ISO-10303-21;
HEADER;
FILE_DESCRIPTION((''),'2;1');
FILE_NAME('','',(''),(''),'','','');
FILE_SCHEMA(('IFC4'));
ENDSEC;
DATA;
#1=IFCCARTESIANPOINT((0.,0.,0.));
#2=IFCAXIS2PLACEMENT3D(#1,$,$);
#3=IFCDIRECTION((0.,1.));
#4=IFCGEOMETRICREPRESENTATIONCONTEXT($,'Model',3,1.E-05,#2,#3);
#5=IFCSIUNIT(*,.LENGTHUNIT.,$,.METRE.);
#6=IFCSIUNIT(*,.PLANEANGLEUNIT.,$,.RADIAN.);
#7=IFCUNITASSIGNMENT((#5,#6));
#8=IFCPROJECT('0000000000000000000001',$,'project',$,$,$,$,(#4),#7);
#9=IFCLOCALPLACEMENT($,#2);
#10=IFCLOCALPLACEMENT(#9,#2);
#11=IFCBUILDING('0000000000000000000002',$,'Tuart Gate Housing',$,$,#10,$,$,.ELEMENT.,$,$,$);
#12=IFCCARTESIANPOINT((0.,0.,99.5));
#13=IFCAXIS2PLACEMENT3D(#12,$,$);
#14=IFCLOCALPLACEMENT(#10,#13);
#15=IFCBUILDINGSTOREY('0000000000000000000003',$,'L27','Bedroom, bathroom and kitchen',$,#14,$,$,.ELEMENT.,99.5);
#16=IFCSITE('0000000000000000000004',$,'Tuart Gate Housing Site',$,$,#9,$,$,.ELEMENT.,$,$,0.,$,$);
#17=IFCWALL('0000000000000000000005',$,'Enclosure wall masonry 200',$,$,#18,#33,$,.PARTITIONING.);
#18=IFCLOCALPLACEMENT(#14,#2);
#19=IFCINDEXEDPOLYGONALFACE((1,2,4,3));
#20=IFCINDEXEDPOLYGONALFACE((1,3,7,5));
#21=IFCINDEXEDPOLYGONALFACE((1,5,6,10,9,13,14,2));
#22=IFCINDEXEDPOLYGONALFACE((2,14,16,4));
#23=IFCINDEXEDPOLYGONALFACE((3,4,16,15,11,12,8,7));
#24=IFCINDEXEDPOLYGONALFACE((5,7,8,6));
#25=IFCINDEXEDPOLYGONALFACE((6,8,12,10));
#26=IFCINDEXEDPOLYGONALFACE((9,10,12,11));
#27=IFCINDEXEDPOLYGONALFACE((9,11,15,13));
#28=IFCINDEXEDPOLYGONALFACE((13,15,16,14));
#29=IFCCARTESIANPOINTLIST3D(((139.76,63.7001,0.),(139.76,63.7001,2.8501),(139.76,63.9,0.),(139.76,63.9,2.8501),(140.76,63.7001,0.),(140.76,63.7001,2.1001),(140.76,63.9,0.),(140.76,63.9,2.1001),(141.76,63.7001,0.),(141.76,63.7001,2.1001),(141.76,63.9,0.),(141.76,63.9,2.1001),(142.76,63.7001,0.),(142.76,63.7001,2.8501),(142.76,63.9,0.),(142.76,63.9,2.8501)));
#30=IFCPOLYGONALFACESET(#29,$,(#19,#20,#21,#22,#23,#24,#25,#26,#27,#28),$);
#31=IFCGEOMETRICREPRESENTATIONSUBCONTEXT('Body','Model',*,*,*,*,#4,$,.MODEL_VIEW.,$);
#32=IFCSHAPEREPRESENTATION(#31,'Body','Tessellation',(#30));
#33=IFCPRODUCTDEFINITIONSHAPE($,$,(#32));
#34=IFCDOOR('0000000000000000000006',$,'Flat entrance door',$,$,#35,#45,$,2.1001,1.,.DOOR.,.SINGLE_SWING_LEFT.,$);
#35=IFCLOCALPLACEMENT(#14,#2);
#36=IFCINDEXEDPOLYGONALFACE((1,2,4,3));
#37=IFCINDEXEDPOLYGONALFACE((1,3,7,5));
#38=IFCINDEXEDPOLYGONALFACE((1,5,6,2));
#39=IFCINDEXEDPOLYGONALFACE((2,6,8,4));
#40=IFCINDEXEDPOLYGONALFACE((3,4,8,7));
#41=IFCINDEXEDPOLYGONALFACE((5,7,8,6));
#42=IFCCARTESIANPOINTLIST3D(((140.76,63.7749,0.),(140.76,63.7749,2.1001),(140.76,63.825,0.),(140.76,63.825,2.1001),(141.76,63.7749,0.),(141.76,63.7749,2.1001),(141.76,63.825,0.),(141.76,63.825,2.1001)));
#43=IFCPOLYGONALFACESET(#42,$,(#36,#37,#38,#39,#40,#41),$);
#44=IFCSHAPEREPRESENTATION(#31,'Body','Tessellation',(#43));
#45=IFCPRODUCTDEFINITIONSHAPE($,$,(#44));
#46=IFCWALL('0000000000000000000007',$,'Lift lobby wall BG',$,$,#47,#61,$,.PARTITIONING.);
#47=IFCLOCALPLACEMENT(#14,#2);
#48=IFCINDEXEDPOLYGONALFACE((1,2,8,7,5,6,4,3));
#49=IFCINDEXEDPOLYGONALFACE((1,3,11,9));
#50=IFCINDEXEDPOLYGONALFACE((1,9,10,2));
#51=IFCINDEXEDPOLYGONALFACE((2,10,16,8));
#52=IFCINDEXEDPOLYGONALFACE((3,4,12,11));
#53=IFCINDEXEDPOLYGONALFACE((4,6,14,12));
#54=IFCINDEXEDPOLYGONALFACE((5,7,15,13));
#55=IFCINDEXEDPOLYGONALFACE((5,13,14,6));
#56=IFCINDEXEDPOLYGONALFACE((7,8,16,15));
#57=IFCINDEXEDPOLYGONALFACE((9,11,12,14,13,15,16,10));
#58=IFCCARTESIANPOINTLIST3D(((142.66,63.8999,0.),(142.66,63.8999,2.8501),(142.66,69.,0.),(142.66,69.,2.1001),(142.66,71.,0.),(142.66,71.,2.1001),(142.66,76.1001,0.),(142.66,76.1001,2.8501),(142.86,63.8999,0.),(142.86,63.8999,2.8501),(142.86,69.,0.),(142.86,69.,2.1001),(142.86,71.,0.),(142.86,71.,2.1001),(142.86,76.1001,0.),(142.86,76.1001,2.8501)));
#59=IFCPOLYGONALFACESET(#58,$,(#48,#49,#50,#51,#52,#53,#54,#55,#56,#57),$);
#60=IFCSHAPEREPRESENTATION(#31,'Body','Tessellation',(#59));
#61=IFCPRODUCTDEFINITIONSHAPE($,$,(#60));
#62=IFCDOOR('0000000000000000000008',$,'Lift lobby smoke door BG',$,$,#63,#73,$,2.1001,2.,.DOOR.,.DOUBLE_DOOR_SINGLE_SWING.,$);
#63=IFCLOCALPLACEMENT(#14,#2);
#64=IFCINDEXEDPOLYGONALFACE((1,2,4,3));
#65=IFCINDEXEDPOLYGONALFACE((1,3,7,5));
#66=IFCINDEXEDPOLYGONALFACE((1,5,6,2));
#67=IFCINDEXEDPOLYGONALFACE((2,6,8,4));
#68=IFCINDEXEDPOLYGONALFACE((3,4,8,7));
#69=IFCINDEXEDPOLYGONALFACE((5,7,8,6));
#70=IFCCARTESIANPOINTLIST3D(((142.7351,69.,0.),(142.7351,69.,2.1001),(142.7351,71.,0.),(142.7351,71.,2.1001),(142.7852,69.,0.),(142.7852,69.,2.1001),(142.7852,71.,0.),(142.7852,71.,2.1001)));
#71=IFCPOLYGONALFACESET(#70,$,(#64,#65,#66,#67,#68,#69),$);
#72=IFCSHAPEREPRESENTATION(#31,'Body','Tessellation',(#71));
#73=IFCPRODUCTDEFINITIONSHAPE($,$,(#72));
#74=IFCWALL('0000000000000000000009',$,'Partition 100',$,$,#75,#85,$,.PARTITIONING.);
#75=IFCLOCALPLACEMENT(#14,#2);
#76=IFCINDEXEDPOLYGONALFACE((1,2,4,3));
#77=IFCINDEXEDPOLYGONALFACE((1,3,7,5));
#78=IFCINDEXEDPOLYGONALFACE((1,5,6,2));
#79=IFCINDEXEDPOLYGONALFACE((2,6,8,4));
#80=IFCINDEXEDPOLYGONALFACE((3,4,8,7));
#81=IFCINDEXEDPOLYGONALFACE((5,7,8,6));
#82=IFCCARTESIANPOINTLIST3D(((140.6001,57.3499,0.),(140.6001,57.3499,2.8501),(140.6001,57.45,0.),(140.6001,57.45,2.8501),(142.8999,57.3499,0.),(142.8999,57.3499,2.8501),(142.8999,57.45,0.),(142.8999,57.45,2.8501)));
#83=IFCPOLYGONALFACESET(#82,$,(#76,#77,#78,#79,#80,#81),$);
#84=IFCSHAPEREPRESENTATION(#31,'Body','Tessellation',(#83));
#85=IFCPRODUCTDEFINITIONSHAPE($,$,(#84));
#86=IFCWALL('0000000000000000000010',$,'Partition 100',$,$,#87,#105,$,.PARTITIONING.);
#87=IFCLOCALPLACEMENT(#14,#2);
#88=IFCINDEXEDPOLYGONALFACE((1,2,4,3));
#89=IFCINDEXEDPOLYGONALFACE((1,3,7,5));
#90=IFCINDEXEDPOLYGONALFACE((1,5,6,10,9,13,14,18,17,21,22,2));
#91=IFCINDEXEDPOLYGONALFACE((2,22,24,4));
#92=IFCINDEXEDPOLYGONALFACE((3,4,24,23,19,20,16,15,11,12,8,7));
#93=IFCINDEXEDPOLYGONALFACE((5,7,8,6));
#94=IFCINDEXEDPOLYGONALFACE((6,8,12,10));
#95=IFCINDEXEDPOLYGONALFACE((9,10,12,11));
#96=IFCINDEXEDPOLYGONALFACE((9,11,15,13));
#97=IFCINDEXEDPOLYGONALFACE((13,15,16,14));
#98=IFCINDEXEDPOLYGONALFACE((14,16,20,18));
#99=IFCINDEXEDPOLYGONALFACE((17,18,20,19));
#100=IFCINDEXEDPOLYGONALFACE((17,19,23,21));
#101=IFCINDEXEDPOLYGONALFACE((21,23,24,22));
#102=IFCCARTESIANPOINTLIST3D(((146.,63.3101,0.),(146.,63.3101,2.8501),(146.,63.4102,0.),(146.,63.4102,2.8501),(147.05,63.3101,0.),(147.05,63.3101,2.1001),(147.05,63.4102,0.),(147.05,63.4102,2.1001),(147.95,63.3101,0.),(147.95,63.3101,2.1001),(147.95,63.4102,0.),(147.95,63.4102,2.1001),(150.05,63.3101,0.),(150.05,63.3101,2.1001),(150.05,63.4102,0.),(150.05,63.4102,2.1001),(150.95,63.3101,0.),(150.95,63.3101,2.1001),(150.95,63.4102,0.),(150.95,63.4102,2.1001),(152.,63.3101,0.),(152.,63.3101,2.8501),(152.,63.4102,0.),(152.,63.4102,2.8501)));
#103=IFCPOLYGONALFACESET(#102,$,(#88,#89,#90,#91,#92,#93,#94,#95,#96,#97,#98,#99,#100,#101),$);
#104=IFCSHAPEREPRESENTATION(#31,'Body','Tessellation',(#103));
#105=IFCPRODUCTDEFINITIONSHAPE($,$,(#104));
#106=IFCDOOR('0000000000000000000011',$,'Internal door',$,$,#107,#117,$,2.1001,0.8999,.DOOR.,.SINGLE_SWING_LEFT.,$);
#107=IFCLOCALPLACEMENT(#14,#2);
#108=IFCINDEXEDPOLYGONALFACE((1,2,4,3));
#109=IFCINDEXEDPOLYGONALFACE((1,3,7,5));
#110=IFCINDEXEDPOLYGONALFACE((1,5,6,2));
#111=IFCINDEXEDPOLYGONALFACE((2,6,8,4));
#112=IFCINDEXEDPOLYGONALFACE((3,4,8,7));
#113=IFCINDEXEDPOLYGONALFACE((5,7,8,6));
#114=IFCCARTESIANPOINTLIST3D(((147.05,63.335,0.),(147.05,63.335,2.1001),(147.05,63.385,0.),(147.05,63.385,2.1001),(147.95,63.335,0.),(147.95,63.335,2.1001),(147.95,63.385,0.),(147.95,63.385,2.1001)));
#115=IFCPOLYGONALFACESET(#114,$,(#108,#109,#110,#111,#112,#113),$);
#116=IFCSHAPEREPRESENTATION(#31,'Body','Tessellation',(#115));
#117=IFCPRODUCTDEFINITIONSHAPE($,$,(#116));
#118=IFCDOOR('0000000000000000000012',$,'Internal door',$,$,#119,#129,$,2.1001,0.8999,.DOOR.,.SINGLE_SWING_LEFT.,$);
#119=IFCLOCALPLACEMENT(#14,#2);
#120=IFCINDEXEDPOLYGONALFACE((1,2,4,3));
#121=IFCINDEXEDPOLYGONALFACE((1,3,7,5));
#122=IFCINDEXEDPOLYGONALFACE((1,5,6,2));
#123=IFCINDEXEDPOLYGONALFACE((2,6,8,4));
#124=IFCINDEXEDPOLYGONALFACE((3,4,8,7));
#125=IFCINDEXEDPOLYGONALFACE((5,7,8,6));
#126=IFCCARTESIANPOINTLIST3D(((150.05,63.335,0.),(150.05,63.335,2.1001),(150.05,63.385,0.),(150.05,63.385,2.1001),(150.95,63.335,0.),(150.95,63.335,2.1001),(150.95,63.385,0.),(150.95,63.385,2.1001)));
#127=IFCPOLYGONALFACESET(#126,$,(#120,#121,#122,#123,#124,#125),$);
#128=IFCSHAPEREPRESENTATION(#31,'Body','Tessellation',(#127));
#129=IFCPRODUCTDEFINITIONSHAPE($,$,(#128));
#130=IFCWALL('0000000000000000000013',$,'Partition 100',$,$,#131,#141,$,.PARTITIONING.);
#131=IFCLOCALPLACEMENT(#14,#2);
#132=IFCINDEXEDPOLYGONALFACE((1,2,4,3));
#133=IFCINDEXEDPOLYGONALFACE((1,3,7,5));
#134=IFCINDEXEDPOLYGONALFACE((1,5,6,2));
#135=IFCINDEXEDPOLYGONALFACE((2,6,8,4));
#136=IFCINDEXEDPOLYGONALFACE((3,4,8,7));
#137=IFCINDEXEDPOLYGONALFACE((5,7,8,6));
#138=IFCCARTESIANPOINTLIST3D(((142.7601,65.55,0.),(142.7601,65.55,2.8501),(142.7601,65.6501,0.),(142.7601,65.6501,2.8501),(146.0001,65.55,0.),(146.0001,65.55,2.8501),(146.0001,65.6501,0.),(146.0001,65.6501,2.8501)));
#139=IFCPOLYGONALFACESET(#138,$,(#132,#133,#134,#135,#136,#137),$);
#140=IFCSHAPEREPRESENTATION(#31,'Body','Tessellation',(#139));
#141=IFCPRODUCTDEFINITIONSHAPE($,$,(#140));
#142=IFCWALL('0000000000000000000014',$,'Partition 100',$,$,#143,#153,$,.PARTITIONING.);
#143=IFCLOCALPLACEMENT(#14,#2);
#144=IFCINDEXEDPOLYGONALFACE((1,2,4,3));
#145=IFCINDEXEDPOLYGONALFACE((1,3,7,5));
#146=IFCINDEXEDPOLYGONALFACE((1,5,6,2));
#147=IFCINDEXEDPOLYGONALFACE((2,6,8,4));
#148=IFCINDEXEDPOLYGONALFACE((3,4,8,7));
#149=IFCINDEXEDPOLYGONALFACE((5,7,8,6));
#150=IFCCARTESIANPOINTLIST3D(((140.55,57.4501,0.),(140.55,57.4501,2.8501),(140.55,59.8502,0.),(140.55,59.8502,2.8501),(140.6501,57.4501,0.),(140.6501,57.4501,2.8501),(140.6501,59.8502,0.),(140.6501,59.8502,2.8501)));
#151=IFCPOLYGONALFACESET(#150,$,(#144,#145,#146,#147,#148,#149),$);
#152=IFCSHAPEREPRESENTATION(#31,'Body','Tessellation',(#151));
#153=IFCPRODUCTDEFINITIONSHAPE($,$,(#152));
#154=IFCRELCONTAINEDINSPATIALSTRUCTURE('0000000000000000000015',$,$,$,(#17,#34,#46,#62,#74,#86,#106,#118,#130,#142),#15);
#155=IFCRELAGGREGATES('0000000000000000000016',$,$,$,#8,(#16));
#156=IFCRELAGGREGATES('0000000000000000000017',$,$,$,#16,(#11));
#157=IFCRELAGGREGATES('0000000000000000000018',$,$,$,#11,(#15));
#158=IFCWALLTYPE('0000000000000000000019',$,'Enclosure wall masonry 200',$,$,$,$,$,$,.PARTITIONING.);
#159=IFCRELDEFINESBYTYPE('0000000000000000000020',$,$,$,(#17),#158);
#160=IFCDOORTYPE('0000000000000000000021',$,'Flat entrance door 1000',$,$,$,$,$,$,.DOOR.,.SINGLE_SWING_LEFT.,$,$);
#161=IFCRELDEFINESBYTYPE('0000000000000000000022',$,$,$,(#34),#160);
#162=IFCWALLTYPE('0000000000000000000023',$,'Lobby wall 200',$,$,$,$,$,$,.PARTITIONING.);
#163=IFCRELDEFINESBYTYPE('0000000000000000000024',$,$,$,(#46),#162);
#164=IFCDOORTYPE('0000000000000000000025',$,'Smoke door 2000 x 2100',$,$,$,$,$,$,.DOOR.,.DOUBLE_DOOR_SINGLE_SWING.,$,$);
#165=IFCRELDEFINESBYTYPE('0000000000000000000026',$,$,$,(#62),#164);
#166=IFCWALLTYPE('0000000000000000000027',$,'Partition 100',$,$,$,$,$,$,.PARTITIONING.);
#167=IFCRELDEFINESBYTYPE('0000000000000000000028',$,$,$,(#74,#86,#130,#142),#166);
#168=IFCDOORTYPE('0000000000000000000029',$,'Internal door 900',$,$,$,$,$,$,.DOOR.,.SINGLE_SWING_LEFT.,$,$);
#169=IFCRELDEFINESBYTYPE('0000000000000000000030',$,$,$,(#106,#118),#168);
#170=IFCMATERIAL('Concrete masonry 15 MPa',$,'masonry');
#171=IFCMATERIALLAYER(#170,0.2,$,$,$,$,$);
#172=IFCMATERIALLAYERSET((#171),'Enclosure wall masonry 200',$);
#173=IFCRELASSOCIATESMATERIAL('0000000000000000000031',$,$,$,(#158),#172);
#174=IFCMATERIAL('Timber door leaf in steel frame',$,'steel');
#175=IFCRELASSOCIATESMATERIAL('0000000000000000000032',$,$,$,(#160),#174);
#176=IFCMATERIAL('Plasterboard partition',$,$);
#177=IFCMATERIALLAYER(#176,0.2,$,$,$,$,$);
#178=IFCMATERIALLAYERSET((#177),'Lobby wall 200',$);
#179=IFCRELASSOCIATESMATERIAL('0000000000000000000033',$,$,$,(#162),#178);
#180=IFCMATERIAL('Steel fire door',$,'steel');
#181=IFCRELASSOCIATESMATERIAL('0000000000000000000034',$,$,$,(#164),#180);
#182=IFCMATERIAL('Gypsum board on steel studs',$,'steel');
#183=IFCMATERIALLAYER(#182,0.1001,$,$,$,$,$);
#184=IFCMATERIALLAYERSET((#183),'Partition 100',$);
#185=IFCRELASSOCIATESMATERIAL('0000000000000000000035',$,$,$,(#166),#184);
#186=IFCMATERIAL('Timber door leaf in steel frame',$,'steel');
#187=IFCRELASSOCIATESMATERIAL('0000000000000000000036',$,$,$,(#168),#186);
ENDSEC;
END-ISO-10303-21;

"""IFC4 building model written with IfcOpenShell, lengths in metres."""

from ifc_helpers import new_model, si_unit, direction, frame, frame_2d, origin, place, context, subcontext, project, spatial, rectangle, extrude, material, layer, layer_set, type_object, element, fill, save


model = new_model("IFC4")

# Units and contexts
model_context = context("Model", 3, precision=1e-05, world=origin(), true_north=direction((0.0, 1.0)))
body_context = subcontext(model_context, "Body", "Model", "MODEL_VIEW")
ifc_project = project(units=[si_unit("LENGTHUNIT", "METRE"), si_unit("PLANEANGLEUNIT", "RADIAN")], contexts=[model_context])

# Site, building, storey
site_placement = place(None, origin())
site = spatial("IfcSite", under=ifc_project, at=site_placement, Name="Tuart Gate Housing Site", CompositionType="ELEMENT", RefElevation=0.0)
building_placement = place(site_placement, origin())
building = spatial("IfcBuilding", under=site, at=building_placement, Name="Tuart Gate Housing", CompositionType="ELEMENT")
storey_placement = place(building_placement, frame((0.0, 0.0, 99.5)))
storey = spatial("IfcBuildingStorey", under=building, at=storey_placement, Name="L27", Description="Bedroom, bathroom and kitchen", CompositionType="ELEMENT", Elevation=99.5)

# Walls, openings, doors
ifc_material_1 = material(Name="Concrete masonry 15 MPa", Category="masonry")
ifc_layer_1 = layer(ifc_material_1, 0.2)
ifc_layer_set_1 = layer_set([ifc_layer_1], Name="Enclosure wall masonry 200")
wall_type_1 = type_object("IfcWallType", Name="Enclosure wall masonry 200", PredefinedType="PARTITIONING", material=ifc_layer_set_1)
wall_1_placement = place(storey_placement, frame((139.76, 63.8, 0.0), z_axis=(0.0, 0.0, 1.0), x_axis=(1.0, 0.0, 0.0)))
wall_1 = element("IfcWall", 1, at=wall_1_placement, inside=storey, type_object=wall_type_1, Name="Enclosure wall masonry 200", PredefinedType="PARTITIONING", context=body_context, shape_type="SweptSolid", body=[
    extrude(rectangle(XDim=3.0, YDim=0.2, at=frame_2d((1.5, 0.0))), origin(), (0.0, 0.0, 1.0), 2.8501),
])
opening_1_placement = place(wall_1_placement, frame((1.0, 0.0, 0.0)))
opening_1 = element("IfcOpeningElement", 2, at=opening_1_placement, cuts=wall_1, PredefinedType="OPENING", context=body_context, shape_type="SweptSolid", body=[
    extrude(rectangle(XDim=1.0, YDim=2.1001, at=frame_2d((0.5, 1.05))), frame((0.0, 0.1099, 0.0), z_axis=(0.0, -1.0, 0.0), x_axis=(1.0, 0.0, 0.0)), (0.0, 0.0, 1.0), 0.22),
])
ifc_material_2 = material(Name="Timber door leaf in steel frame", Category="steel")
door_type_1 = type_object("IfcDoorType", Name="Flat entrance door 1000", OperationType="SINGLE_SWING_LEFT", PredefinedType="DOOR", material=ifc_material_2)
door_1_placement = place(opening_1_placement, frame((1.0, 0.0, 0.0), z_axis=(0.0, 0.0, 1.0), x_axis=(-1.0, 0.0, 0.0)))
door_1 = element("IfcDoor", 3, at=door_1_placement, inside=storey, type_object=door_type_1, Name="Flat entrance door", OperationType="SINGLE_SWING_LEFT", OverallHeight=2.1001, OverallWidth=1.0, PredefinedType="DOOR", context=body_context, shape_type="SweptSolid", body=[
    extrude(rectangle(XDim=1.0, YDim=2.1001, at=frame_2d((0.5, 1.05))), frame((0.0, 0.0251, 0.0), z_axis=(0.0, -1.0, 0.0), x_axis=(1.0, 0.0, 0.0)), (0.0, 0.0, 1.0), 0.05),
])
fill(opening_1, door_1)
ifc_material_3 = material(Name="Plasterboard partition")
ifc_layer_2 = layer(ifc_material_3, 0.2)
ifc_layer_set_2 = layer_set([ifc_layer_2], Name="Lobby wall 200")
wall_type_2 = type_object("IfcWallType", Name="Lobby wall 200", PredefinedType="PARTITIONING", material=ifc_layer_set_2)
wall_2_placement = place(storey_placement, frame((142.76, 63.8999, 0.0), z_axis=(0.0, 0.0, 1.0), x_axis=(0.0, 1.0, 0.0)))
wall_2 = element("IfcWall", 4, at=wall_2_placement, inside=storey, type_object=wall_type_2, Name="Lift lobby wall BG", PredefinedType="PARTITIONING", context=body_context, shape_type="SweptSolid", body=[
    extrude(rectangle(XDim=12.2002, YDim=0.2, at=frame_2d((6.1001, 0.0))), origin(), (0.0, 0.0, 1.0), 2.8501),
])
opening_2_placement = place(wall_2_placement, frame((5.1001, 0.0, 0.0)))
opening_2 = element("IfcOpeningElement", 5, at=opening_2_placement, cuts=wall_2, PredefinedType="OPENING", context=body_context, shape_type="SweptSolid", body=[
    extrude(rectangle(XDim=2.0, YDim=2.1001, at=frame_2d((1.0, 1.05))), frame((0.0, 0.1099, 0.0), z_axis=(0.0, -1.0, 0.0), x_axis=(1.0, 0.0, 0.0)), (0.0, 0.0, 1.0), 0.22),
])
ifc_material_4 = material(Name="Steel fire door", Category="steel")
door_type_2 = type_object("IfcDoorType", Name="Smoke door 2000 x 2100", OperationType="DOUBLE_DOOR_SINGLE_SWING", PredefinedType="DOOR", material=ifc_material_4)
door_2_placement = place(opening_2_placement, origin())
door_2 = element("IfcDoor", 6, at=door_2_placement, inside=storey, type_object=door_type_2, Name="Lift lobby smoke door BG", OperationType="DOUBLE_DOOR_SINGLE_SWING", OverallHeight=2.1001, OverallWidth=2.0, PredefinedType="DOOR", context=body_context, shape_type="SweptSolid", body=[
    extrude(rectangle(XDim=2.0, YDim=2.1001, at=frame_2d((1.0, 1.05))), frame((0.0, 0.0249, 0.0), z_axis=(0.0, -1.0, 0.0), x_axis=(1.0, 0.0, 0.0)), (0.0, 0.0, 1.0), 0.05),
])
fill(opening_2, door_2)

# Wall
ifc_material_5 = material(Name="Gypsum board on steel studs", Category="steel")
ifc_layer_3 = layer(ifc_material_5, 0.1001)
ifc_layer_set_3 = layer_set([ifc_layer_3], Name="Partition 100")
wall_type_3 = type_object("IfcWallType", Name="Partition 100", PredefinedType="PARTITIONING", material=ifc_layer_set_3)
wall_3_placement = place(storey_placement, frame((140.6001, 57.3999, 0.0), z_axis=(0.0, 0.0, 1.0), x_axis=(1.0, 0.0, 0.0)))
element("IfcWall", 7, at=wall_3_placement, inside=storey, type_object=wall_type_3, Name="Partition 100", PredefinedType="PARTITIONING", context=body_context, shape_type="SweptSolid", body=[
    extrude(rectangle(XDim=2.2998, YDim=0.1001, at=frame_2d((1.1499, 0.0))), origin(), (0.0, 0.0, 1.0), 2.8501),
])

# Wall, openings, doors
wall_4_placement = place(storey_placement, frame((146.0, 63.3601, 0.0), z_axis=(0.0, 0.0, 1.0), x_axis=(1.0, 0.0, 0.0)))
wall_4 = element("IfcWall", 8, at=wall_4_placement, inside=storey, type_object=wall_type_3, Name="Partition 100", PredefinedType="PARTITIONING", context=body_context, shape_type="SweptSolid", body=[
    extrude(rectangle(XDim=6.0, YDim=0.1001, at=frame_2d((3.0, 0.0))), origin(), (0.0, 0.0, 1.0), 2.8501),
])
opening_3_placement = place(wall_4_placement, frame((1.05, 0.0, 0.0)))
opening_3 = element("IfcOpeningElement", 9, at=opening_3_placement, cuts=wall_4, PredefinedType="OPENING", context=body_context, shape_type="SweptSolid", body=[
    extrude(rectangle(XDim=0.8999, YDim=2.1001, at=frame_2d((0.45, 1.05))), frame((0.0, 0.0601, 0.0), z_axis=(0.0, -1.0, 0.0), x_axis=(1.0, 0.0, 0.0)), (0.0, 0.0, 1.0), 0.1201),
])
opening_4_placement = place(wall_4_placement, frame((4.05, 0.0, 0.0)))
opening_4 = element("IfcOpeningElement", 10, at=opening_4_placement, cuts=wall_4, PredefinedType="OPENING", context=body_context, shape_type="SweptSolid", body=[
    extrude(rectangle(XDim=0.8999, YDim=2.1001, at=frame_2d((0.45, 1.05))), frame((0.0, 0.0601, 0.0), z_axis=(0.0, -1.0, 0.0), x_axis=(1.0, 0.0, 0.0)), (0.0, 0.0, 1.0), 0.1201),
])
ifc_material_6 = material(Name="Timber door leaf in steel frame", Category="steel")
door_type_3 = type_object("IfcDoorType", Name="Internal door 900", OperationType="SINGLE_SWING_LEFT", PredefinedType="DOOR", material=ifc_material_6)
door_3_placement = place(opening_3_placement, origin())
door_3 = element("IfcDoor", 11, at=door_3_placement, inside=storey, type_object=door_type_3, Name="Internal door", OperationType="SINGLE_SWING_LEFT", OverallHeight=2.1001, OverallWidth=0.8999, PredefinedType="DOOR", context=body_context, shape_type="SweptSolid", body=[
    extrude(rectangle(XDim=0.8999, YDim=2.1001, at=frame_2d((0.45, 1.05))), frame((0.0, 0.0249, 0.0), z_axis=(0.0, -1.0, 0.0), x_axis=(1.0, 0.0, 0.0)), (0.0, 0.0, 1.0), 0.05),
])
fill(opening_3, door_3)
door_4_placement = place(opening_4_placement, origin())
door_4 = element("IfcDoor", 12, at=door_4_placement, inside=storey, type_object=door_type_3, Name="Internal door", OperationType="SINGLE_SWING_LEFT", OverallHeight=2.1001, OverallWidth=0.8999, PredefinedType="DOOR", context=body_context, shape_type="SweptSolid", body=[
    extrude(rectangle(XDim=0.8999, YDim=2.1001, at=frame_2d((0.45, 1.05))), frame((0.0, 0.0249, 0.0), z_axis=(0.0, -1.0, 0.0), x_axis=(1.0, 0.0, 0.0)), (0.0, 0.0, 1.0), 0.05),
])
fill(opening_4, door_4)

# Walls
wall_5_placement = place(storey_placement, frame((142.76, 65.6001, 0.0), z_axis=(0.0, 0.0, 1.0), x_axis=(1.0, 0.0, 0.0)))
element("IfcWall", 13, at=wall_5_placement, inside=storey, type_object=wall_type_3, Name="Partition 100", PredefinedType="PARTITIONING", context=body_context, shape_type="SweptSolid", body=[
    extrude(rectangle(XDim=3.24, YDim=0.1001, at=frame_2d((1.6201, 0.0))), origin(), (0.0, 0.0, 1.0), 2.8501),
])
wall_6_placement = place(storey_placement, frame((140.6001, 57.45, 0.0), z_axis=(0.0, 0.0, 1.0), x_axis=(0.0, 1.0, 0.0)))
element("IfcWall", 14, at=wall_6_placement, inside=storey, type_object=wall_type_3, Name="Partition 100", PredefinedType="PARTITIONING", context=body_context, shape_type="SweptSolid", body=[
    extrude(rectangle(XDim=2.4001, YDim=0.1001, at=frame_2d((1.2002, 0.0))), origin(), (0.0, 0.0, 1.0), 2.8501),
])

save(model, "model.ifc")
